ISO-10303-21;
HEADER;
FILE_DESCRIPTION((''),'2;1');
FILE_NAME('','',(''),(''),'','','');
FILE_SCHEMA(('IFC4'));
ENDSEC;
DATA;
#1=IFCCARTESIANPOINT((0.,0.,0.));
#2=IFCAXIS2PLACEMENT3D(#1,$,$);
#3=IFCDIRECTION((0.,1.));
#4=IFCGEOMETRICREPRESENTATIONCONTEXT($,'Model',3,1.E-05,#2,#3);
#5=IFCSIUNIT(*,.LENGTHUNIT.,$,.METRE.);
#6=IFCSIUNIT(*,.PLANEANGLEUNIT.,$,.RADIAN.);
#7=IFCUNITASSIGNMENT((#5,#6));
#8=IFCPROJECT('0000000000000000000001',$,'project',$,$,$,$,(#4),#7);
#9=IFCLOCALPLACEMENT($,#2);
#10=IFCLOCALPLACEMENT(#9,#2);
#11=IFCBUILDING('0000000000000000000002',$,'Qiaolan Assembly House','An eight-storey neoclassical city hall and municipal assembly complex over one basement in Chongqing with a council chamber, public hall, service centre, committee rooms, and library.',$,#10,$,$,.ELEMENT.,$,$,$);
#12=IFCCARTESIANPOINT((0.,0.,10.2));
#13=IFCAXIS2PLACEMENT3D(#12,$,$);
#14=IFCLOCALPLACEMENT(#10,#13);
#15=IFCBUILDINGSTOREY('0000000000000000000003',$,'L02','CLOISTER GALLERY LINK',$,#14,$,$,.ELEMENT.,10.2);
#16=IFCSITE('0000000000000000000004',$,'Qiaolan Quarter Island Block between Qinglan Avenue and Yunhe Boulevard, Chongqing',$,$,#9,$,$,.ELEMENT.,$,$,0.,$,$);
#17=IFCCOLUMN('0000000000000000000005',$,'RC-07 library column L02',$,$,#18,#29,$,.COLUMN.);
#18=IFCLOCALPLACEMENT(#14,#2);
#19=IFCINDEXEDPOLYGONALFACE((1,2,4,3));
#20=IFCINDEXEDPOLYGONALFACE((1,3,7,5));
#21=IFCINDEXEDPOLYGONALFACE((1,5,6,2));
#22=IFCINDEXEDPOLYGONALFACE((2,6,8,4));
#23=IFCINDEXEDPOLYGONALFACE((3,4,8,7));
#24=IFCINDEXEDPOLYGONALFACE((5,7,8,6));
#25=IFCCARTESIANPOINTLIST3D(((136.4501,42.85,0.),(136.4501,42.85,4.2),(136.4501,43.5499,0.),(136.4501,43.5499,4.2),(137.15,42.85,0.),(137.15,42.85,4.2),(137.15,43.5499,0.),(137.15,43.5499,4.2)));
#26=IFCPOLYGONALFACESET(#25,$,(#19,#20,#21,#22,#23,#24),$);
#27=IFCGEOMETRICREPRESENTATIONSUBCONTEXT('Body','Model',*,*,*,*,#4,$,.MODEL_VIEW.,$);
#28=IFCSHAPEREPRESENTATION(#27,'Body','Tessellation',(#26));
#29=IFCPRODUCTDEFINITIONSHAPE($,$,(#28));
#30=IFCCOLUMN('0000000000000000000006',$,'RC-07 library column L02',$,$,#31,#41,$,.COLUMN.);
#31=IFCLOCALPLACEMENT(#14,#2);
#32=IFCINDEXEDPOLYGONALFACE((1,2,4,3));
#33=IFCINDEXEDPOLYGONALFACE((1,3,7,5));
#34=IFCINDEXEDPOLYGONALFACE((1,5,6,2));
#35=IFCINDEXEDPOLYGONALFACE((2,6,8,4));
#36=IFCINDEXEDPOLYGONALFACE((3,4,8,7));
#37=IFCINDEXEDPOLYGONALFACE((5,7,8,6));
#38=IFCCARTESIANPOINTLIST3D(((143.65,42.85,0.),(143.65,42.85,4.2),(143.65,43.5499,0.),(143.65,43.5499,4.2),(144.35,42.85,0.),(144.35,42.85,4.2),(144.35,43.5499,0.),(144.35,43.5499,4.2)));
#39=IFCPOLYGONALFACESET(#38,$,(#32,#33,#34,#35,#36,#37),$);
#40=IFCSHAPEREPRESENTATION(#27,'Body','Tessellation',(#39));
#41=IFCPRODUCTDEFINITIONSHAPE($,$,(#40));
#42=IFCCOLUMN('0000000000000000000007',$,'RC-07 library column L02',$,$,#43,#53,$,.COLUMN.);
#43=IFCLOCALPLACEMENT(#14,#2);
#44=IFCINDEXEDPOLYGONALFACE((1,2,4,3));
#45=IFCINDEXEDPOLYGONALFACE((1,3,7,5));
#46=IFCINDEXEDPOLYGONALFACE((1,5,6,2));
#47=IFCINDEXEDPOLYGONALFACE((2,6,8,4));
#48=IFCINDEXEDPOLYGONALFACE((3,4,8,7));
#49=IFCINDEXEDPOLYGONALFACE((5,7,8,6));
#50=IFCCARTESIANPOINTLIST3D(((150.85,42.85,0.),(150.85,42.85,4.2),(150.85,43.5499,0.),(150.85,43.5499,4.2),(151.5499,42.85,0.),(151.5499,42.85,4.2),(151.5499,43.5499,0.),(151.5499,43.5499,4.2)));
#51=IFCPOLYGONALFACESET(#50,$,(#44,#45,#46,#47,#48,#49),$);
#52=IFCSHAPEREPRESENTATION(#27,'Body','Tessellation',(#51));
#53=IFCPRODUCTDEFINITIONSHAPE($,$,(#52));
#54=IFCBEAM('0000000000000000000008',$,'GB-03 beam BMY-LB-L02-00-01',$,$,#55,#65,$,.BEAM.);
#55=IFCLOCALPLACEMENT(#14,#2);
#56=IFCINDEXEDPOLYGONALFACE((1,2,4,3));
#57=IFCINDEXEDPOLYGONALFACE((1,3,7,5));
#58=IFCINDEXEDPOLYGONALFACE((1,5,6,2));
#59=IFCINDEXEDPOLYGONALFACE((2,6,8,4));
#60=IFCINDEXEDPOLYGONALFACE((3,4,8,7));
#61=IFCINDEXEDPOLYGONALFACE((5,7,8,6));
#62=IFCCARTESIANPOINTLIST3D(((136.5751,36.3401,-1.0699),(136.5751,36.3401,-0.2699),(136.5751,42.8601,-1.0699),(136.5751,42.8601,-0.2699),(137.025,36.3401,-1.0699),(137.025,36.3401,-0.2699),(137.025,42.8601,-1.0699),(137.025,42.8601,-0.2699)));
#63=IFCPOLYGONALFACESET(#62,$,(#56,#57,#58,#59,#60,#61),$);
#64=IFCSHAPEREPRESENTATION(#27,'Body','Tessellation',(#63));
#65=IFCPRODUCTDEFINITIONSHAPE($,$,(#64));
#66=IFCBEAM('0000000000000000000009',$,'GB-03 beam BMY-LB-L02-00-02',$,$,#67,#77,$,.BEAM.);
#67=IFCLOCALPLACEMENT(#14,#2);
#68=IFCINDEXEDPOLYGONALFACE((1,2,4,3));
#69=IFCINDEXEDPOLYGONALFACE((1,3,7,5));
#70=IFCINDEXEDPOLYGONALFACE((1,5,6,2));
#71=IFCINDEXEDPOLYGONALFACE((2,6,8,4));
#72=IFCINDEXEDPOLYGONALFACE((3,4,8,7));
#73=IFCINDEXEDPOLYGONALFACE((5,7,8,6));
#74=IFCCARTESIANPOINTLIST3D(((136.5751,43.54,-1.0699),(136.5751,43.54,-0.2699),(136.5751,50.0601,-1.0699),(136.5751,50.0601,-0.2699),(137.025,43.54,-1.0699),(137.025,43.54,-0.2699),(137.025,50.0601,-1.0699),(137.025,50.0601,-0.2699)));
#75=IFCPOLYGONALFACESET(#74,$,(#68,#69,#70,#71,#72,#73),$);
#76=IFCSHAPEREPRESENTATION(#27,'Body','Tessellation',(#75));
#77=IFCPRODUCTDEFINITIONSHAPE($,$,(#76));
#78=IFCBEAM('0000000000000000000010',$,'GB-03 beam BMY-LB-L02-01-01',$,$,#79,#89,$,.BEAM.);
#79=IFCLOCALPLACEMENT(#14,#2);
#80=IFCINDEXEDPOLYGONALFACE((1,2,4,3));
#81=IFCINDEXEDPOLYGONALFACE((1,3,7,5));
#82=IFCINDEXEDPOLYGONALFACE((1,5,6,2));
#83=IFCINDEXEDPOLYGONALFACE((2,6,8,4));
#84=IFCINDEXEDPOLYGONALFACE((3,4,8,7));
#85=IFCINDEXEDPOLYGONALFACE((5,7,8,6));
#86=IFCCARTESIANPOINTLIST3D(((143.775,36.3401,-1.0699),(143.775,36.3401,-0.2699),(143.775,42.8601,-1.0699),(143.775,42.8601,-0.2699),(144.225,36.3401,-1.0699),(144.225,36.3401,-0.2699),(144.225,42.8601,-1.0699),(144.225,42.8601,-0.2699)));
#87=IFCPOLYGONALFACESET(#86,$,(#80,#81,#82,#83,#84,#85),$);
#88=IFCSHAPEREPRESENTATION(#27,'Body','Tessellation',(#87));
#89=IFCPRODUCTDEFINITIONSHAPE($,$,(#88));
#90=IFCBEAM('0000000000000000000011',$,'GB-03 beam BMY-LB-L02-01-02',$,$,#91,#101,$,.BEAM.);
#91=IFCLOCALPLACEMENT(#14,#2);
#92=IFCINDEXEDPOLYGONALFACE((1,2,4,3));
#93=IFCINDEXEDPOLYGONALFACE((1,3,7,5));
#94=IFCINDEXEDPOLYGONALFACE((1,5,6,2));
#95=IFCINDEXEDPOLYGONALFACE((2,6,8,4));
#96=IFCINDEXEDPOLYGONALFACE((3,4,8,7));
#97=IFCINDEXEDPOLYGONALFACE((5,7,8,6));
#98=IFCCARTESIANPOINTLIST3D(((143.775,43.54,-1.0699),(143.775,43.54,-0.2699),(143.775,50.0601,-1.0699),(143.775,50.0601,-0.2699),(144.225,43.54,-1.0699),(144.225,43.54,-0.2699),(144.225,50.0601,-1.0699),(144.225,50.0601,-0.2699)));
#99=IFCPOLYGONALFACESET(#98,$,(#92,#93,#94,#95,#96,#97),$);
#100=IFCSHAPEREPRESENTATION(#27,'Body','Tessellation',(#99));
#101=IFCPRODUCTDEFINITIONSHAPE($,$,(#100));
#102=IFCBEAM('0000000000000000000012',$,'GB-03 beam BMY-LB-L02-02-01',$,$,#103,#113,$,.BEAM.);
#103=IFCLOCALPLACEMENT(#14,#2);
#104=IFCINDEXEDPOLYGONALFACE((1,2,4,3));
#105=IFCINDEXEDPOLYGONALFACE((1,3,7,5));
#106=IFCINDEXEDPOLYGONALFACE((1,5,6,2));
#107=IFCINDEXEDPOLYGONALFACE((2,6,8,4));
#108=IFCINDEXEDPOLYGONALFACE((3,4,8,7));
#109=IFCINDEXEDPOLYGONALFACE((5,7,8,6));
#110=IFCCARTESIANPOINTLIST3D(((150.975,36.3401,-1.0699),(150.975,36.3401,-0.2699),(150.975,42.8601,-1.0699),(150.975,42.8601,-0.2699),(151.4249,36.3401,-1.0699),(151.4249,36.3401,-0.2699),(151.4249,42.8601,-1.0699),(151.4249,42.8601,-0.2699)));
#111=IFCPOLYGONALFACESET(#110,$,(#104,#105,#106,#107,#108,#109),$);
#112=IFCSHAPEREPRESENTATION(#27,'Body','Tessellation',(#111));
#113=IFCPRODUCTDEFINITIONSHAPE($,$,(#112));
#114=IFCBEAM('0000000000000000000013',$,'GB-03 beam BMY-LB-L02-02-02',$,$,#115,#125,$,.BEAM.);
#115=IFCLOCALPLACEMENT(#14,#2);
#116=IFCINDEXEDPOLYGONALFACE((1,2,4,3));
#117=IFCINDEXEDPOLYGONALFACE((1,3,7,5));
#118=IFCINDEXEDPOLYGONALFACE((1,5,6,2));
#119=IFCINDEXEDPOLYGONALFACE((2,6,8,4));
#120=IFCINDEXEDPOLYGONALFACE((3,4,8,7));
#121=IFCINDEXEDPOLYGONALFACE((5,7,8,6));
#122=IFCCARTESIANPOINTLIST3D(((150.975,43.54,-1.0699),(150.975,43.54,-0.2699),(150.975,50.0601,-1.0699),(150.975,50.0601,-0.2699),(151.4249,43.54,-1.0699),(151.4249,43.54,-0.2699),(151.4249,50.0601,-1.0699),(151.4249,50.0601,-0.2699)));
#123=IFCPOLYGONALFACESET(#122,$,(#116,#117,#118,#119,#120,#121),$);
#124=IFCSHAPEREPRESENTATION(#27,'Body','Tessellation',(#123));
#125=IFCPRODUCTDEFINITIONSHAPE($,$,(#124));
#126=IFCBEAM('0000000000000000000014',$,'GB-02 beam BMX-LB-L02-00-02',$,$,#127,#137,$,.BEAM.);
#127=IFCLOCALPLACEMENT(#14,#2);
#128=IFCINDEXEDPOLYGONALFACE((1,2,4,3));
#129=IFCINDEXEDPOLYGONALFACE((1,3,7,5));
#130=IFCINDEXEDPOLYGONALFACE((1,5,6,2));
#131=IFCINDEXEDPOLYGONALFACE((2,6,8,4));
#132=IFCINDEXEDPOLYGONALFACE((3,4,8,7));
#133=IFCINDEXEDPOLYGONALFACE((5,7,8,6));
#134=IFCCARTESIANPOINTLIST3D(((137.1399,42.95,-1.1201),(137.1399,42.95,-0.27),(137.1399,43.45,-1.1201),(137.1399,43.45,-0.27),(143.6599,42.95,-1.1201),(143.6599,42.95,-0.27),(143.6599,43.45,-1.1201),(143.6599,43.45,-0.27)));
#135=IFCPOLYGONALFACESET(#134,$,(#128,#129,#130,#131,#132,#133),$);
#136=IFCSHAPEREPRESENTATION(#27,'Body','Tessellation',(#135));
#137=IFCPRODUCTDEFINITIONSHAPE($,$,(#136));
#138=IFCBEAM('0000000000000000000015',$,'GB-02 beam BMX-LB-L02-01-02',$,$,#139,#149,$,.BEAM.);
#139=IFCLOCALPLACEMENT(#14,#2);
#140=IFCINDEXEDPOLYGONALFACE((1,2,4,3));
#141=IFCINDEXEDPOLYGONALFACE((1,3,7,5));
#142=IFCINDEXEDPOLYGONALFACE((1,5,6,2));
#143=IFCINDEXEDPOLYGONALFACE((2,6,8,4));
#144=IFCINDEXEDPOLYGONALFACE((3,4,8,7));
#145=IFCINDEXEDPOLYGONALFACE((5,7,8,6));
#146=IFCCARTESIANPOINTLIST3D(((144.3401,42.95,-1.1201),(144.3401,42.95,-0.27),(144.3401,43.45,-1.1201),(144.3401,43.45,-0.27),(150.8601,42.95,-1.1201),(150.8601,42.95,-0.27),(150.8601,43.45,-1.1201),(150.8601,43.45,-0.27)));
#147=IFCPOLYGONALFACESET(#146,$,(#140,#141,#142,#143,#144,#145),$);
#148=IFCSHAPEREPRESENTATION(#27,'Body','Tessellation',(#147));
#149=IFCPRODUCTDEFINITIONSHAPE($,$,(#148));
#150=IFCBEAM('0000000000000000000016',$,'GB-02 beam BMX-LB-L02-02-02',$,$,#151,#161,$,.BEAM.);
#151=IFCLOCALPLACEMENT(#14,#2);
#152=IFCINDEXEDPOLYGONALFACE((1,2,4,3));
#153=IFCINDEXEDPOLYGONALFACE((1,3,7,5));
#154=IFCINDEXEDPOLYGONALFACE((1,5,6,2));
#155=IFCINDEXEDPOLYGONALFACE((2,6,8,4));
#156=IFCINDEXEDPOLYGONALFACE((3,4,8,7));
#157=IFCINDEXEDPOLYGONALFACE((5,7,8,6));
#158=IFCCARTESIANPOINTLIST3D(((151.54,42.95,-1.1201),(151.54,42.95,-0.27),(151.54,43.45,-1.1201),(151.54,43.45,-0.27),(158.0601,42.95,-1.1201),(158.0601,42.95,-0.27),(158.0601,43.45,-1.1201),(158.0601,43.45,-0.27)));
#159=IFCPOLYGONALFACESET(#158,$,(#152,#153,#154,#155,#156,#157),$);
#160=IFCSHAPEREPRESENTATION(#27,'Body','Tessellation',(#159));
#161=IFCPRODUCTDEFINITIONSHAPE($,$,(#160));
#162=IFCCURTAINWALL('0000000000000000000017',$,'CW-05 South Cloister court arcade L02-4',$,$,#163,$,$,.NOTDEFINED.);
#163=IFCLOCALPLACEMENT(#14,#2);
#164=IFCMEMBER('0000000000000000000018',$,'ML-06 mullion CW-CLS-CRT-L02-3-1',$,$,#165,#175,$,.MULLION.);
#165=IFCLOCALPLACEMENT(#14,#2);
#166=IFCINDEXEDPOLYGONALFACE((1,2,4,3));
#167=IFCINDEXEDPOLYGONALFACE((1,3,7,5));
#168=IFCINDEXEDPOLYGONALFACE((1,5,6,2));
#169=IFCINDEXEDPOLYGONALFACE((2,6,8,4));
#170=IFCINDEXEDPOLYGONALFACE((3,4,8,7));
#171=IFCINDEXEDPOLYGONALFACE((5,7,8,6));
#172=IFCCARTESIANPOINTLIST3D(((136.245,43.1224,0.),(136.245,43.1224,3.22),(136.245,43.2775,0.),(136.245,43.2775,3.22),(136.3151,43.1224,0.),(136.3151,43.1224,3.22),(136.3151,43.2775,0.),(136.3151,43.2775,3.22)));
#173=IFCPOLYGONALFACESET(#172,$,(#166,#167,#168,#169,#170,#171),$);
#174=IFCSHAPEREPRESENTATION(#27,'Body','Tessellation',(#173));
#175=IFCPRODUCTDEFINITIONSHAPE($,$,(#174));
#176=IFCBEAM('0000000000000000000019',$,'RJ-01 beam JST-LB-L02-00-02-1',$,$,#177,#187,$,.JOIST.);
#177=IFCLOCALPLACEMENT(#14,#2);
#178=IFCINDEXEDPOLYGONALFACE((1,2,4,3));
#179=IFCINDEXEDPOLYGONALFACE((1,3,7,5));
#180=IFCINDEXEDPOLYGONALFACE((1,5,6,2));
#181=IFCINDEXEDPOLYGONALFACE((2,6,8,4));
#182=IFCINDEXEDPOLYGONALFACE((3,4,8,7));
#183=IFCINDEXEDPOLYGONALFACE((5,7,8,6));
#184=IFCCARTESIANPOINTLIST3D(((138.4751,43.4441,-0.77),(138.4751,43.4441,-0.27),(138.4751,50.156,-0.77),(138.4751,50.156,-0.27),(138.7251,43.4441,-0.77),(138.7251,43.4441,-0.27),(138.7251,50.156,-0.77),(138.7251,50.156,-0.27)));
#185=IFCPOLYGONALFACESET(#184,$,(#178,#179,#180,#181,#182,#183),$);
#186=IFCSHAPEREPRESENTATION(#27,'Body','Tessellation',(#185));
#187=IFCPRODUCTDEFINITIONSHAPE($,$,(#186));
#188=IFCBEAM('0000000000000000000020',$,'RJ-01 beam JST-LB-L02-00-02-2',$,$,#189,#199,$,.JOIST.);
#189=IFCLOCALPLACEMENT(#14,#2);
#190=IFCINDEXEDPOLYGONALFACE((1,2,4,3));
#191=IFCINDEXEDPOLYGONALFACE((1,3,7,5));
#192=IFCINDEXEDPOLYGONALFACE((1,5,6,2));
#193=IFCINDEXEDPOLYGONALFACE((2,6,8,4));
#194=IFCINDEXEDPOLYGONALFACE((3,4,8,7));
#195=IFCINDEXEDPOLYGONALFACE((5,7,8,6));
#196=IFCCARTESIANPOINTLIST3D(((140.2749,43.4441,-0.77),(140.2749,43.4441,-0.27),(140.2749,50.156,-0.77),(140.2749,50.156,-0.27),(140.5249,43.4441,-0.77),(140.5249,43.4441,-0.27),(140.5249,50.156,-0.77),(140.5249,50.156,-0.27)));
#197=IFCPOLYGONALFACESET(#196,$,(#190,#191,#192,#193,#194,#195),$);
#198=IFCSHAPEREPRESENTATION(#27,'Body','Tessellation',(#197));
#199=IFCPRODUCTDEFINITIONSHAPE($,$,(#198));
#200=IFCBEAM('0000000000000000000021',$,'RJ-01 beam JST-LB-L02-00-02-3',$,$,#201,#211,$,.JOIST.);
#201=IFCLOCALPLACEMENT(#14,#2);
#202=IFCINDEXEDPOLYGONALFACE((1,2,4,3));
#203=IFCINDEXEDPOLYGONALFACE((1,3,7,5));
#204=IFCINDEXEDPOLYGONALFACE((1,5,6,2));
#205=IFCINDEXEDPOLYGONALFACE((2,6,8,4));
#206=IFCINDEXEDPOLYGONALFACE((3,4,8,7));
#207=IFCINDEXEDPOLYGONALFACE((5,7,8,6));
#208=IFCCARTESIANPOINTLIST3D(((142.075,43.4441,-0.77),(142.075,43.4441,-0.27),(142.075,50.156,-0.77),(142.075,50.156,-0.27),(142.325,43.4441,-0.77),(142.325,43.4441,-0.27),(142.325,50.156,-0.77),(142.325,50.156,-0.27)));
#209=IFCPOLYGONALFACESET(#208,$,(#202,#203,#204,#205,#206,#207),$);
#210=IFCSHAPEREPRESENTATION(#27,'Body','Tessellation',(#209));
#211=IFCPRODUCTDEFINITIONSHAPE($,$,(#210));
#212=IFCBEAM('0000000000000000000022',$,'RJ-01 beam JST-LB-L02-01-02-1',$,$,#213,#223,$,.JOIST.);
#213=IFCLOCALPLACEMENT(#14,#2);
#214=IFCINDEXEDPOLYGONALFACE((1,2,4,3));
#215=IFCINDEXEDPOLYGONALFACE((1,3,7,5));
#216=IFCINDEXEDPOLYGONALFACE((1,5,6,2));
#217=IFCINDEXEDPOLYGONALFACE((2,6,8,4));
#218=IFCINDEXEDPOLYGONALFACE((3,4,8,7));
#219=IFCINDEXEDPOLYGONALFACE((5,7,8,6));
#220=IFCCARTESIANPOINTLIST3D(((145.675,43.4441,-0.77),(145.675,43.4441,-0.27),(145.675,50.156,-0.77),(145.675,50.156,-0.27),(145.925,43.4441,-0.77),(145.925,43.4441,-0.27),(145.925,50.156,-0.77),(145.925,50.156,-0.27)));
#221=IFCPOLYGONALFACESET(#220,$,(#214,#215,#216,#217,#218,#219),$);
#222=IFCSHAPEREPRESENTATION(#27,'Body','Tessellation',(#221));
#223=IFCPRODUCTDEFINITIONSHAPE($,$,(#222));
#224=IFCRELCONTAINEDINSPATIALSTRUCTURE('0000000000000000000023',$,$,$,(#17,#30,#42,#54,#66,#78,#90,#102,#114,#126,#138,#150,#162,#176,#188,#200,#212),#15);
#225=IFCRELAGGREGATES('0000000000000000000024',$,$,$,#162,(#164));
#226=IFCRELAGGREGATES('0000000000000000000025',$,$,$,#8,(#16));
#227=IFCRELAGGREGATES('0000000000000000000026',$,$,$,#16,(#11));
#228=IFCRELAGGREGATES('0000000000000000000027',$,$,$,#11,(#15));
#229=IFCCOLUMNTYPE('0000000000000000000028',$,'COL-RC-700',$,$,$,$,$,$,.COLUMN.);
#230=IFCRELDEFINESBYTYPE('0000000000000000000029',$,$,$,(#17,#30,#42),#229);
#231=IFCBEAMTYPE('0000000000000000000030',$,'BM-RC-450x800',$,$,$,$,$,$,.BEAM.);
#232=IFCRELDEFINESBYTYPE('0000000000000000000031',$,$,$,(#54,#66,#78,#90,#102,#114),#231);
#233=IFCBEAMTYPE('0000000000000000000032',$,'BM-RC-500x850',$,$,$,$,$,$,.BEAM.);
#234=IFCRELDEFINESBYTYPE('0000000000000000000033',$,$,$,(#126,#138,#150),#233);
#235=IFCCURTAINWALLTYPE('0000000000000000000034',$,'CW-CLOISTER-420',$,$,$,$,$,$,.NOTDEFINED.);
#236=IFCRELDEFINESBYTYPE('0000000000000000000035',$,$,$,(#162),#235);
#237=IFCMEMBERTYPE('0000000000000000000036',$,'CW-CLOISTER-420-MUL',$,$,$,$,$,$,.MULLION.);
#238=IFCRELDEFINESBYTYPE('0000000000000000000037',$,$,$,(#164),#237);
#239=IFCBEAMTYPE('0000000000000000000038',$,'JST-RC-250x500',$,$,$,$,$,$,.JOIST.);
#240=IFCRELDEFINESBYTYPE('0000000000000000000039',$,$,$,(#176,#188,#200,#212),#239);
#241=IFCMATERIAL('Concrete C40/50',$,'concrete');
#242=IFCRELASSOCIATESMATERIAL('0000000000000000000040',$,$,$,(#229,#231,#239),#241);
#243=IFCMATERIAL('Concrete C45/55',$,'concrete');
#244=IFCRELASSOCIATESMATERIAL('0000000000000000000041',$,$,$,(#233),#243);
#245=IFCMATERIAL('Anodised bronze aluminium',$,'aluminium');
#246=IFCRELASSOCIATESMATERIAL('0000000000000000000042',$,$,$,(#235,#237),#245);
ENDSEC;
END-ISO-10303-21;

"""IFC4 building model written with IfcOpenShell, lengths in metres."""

from ifc_helpers import new_model, si_unit, direction, frame, origin, origin_2d, place, context, subcontext, project, spatial, rectangle, extrude, material, material_profile, profile_set, type_object, element, aggregate, save


model = new_model("IFC4")

# Units and contexts
model_context = context("Model", 3, precision=1e-05, world=origin(), true_north=direction((0.0, 1.0)))
body_context = subcontext(model_context, "Body", "Model", "MODEL_VIEW")
ifc_project = project(units=[si_unit("LENGTHUNIT", "METRE"), si_unit("PLANEANGLEUNIT", "RADIAN")], contexts=[model_context])

# Site, building, storey
site_placement = place(None, origin())
site = spatial("IfcSite", under=ifc_project, at=site_placement, Name="Qiaolan Quarter Island Block between Qinglan Avenue and Yunhe Boulevard, Chongqing", CompositionType="ELEMENT", RefElevation=0.0)
building_placement = place(site_placement, origin())
building = spatial("IfcBuilding", under=site, at=building_placement, Name="Qiaolan Assembly House", Description="An eight-storey neoclassical city hall and municipal assembly complex over one basement in Chongqing with a council chamber, public hall, service centre, committee rooms, and library.", CompositionType="ELEMENT")
storey_placement = place(building_placement, frame((0.0, 0.0, 10.2)))
storey = spatial("IfcBuildingStorey", under=building, at=storey_placement, Name="L02", Description="CLOISTER GALLERY LINK", CompositionType="ELEMENT", Elevation=10.2)

# Columns
ifc_material_1 = material(Name="Concrete C40/50", Category="concrete")
ifc_material_profile_1 = material_profile(ifc_material_1, rectangle(XDim=0.7, YDim=0.7, at=origin_2d()), Name="RC 700x700")
ifc_profile_set_1 = profile_set([ifc_material_profile_1], Name="Concrete C40/50")
column_type = type_object("IfcColumnType", Name="COL-RC-700", PredefinedType="COLUMN", material=ifc_profile_set_1)
for number, where, z_axis, x_axis, name in (
    (1, (136.8, 43.2, 0.0), (0.0, 0.0, 1.0), (1.0, 0.0, 0.0), "RC-07 library column L02"),
    (2, (144.0, 43.2, 0.0), (0.0, 0.0, 1.0), (1.0, 0.0, 0.0), "RC-07 library column L02"),
    (3, (151.2, 43.2, 0.0), (0.0, 0.0, 1.0), (1.0, 0.0, 0.0), "RC-07 library column L02"),
):
    element("IfcColumn", number, at=place(storey_placement, frame(where, z_axis=z_axis, x_axis=x_axis)), inside=storey, type_object=column_type, Name=name, PredefinedType="COLUMN", context=body_context, shape_type="SweptSolid", body=[
        extrude(rectangle(XDim=0.7, YDim=0.7, at=origin_2d()), origin(), (0.0, 0.0, 1.0), 4.2),
    ])

# Beams
ifc_material_profile_2 = material_profile(ifc_material_1, rectangle(XDim=0.45, YDim=0.8, at=origin_2d()), Name="RCB 450x800")
ifc_profile_set_2 = profile_set([ifc_material_profile_2], Name="Concrete C40/50")
beam_type_1 = type_object("IfcBeamType", Name="BM-RC-450x800", PredefinedType="BEAM", material=ifc_profile_set_2)
for number, where, z_axis, x_axis, name in (
    (4, (136.8, 36.3401, -0.6699), (0.0, 1.0, 0.0), (-1.0, 0.0, 0.0), "GB-03 beam BMY-LB-L02-00-01"),
    (5, (136.8, 43.54, -0.6699), (0.0, 1.0, 0.0), (-1.0, 0.0, 0.0), "GB-03 beam BMY-LB-L02-00-02"),
    (6, (144.0, 36.3401, -0.6699), (0.0, 1.0, 0.0), (-1.0, 0.0, 0.0), "GB-03 beam BMY-LB-L02-01-01"),
    (7, (144.0, 43.54, -0.6699), (0.0, 1.0, 0.0), (-1.0, 0.0, 0.0), "GB-03 beam BMY-LB-L02-01-02"),
    (8, (151.2, 36.3401, -0.6699), (0.0, 1.0, 0.0), (-1.0, 0.0, 0.0), "GB-03 beam BMY-LB-L02-02-01"),
    (9, (151.2, 43.54, -0.6699), (0.0, 1.0, 0.0), (-1.0, 0.0, 0.0), "GB-03 beam BMY-LB-L02-02-02"),
):
    element("IfcBeam", number, at=place(storey_placement, frame(where, z_axis=z_axis, x_axis=x_axis)), inside=storey, type_object=beam_type_1, Name=name, PredefinedType="BEAM", context=body_context, shape_type="SweptSolid", body=[
        extrude(rectangle(XDim=0.45, YDim=0.8, at=origin_2d()), origin(), (0.0, 0.0, 1.0), 6.52),
    ])
ifc_material_2 = material(Name="Concrete C45/55", Category="concrete")
ifc_material_profile_3 = material_profile(ifc_material_2, rectangle(XDim=0.5, YDim=0.8501, at=origin_2d()), Name="RCB 500x850")
ifc_profile_set_3 = profile_set([ifc_material_profile_3], Name="Concrete C45/55")
beam_type_2 = type_object("IfcBeamType", Name="BM-RC-500x850", PredefinedType="BEAM", material=ifc_profile_set_3)
for number, where, z_axis, x_axis, name in (
    (10, (137.1399, 43.2, -0.6951), (1.0, 0.0, 0.0), (0.0, 1.0, 0.0), "GB-02 beam BMX-LB-L02-00-02"),
    (11, (144.3401, 43.2, -0.6951), (1.0, 0.0, 0.0), (0.0, 1.0, 0.0), "GB-02 beam BMX-LB-L02-01-02"),
    (12, (151.54, 43.2, -0.6951), (1.0, 0.0, 0.0), (0.0, 1.0, 0.0), "GB-02 beam BMX-LB-L02-02-02"),
):
    element("IfcBeam", number, at=place(storey_placement, frame(where, z_axis=z_axis, x_axis=x_axis)), inside=storey, type_object=beam_type_2, Name=name, PredefinedType="BEAM", context=body_context, shape_type="SweptSolid", body=[
        extrude(rectangle(XDim=0.5, YDim=0.8501, at=origin_2d()), origin(), (0.0, 0.0, 1.0), 6.52),
    ])

# Curtain wall, member
ifc_material_3 = material(Name="Anodised bronze aluminium", Category="aluminium")
curtain_wall_type = type_object("IfcCurtainWallType", Name="CW-CLOISTER-420", PredefinedType="NOTDEFINED", material=ifc_material_3)
curtain_wall_placement = place(storey_placement, origin())
curtain_wall = element("IfcCurtainWall", 13, at=curtain_wall_placement, inside=storey, type_object=curtain_wall_type, Name="CW-05 South Cloister court arcade L02-4", PredefinedType="NOTDEFINED")
ifc_material_profile_4 = material_profile(ifc_material_3, rectangle(XDim=0.0701, YDim=0.155, at=origin_2d()), Name="MUL 70x155")
ifc_profile_set_4 = profile_set([ifc_material_profile_4], Name="Anodised bronze aluminium")
member_type = type_object("IfcMemberType", Name="CW-CLOISTER-420-MUL", PredefinedType="MULLION", material=ifc_profile_set_4)
member_placement = place(storey_placement, frame((136.28, 43.2, 0.0), z_axis=(0.0, 0.0, 1.0), x_axis=(-1.0, 0.0, 0.0)))
member = element("IfcMember", 14, at=member_placement, type_object=member_type, Name="ML-06 mullion CW-CLS-CRT-L02-3-1", PredefinedType="MULLION", context=body_context, shape_type="SweptSolid", body=[
    extrude(rectangle(XDim=0.0701, YDim=0.155, at=origin_2d()), origin(), (0.0, 0.0, 1.0), 3.22),
])

# Beams
ifc_material_profile_5 = material_profile(ifc_material_1, rectangle(XDim=0.25, YDim=0.5, at=origin_2d()), Name="RCB 250x500")
ifc_profile_set_5 = profile_set([ifc_material_profile_5], Name="Concrete C40/50")
beam_type_3 = type_object("IfcBeamType", Name="JST-RC-250x500", PredefinedType="JOIST", material=ifc_profile_set_5)
for number, where, z_axis, x_axis, name in (
    (15, (138.6001, 43.4441, -0.52), (0.0, 1.0, 0.0), (-1.0, 0.0, 0.0), "RJ-01 beam JST-LB-L02-00-02-1"),
    (16, (140.3999, 43.4441, -0.52), (0.0, 1.0, 0.0), (-1.0, 0.0, 0.0), "RJ-01 beam JST-LB-L02-00-02-2"),
    (17, (142.2, 43.4441, -0.52), (0.0, 1.0, 0.0), (-1.0, 0.0, 0.0), "RJ-01 beam JST-LB-L02-00-02-3"),
    (18, (145.8, 43.4441, -0.52), (0.0, 1.0, 0.0), (-1.0, 0.0, 0.0), "RJ-01 beam JST-LB-L02-01-02-1"),
):
    element("IfcBeam", number, at=place(storey_placement, frame(where, z_axis=z_axis, x_axis=x_axis)), inside=storey, type_object=beam_type_3, Name=name, PredefinedType="JOIST", context=body_context, shape_type="SweptSolid", body=[
        extrude(rectangle(XDim=0.25, YDim=0.5, at=origin_2d()), origin(), (0.0, 0.0, 1.0), 6.7119),
    ])

aggregate(curtain_wall, [member])

save(model, "model.ifc")
